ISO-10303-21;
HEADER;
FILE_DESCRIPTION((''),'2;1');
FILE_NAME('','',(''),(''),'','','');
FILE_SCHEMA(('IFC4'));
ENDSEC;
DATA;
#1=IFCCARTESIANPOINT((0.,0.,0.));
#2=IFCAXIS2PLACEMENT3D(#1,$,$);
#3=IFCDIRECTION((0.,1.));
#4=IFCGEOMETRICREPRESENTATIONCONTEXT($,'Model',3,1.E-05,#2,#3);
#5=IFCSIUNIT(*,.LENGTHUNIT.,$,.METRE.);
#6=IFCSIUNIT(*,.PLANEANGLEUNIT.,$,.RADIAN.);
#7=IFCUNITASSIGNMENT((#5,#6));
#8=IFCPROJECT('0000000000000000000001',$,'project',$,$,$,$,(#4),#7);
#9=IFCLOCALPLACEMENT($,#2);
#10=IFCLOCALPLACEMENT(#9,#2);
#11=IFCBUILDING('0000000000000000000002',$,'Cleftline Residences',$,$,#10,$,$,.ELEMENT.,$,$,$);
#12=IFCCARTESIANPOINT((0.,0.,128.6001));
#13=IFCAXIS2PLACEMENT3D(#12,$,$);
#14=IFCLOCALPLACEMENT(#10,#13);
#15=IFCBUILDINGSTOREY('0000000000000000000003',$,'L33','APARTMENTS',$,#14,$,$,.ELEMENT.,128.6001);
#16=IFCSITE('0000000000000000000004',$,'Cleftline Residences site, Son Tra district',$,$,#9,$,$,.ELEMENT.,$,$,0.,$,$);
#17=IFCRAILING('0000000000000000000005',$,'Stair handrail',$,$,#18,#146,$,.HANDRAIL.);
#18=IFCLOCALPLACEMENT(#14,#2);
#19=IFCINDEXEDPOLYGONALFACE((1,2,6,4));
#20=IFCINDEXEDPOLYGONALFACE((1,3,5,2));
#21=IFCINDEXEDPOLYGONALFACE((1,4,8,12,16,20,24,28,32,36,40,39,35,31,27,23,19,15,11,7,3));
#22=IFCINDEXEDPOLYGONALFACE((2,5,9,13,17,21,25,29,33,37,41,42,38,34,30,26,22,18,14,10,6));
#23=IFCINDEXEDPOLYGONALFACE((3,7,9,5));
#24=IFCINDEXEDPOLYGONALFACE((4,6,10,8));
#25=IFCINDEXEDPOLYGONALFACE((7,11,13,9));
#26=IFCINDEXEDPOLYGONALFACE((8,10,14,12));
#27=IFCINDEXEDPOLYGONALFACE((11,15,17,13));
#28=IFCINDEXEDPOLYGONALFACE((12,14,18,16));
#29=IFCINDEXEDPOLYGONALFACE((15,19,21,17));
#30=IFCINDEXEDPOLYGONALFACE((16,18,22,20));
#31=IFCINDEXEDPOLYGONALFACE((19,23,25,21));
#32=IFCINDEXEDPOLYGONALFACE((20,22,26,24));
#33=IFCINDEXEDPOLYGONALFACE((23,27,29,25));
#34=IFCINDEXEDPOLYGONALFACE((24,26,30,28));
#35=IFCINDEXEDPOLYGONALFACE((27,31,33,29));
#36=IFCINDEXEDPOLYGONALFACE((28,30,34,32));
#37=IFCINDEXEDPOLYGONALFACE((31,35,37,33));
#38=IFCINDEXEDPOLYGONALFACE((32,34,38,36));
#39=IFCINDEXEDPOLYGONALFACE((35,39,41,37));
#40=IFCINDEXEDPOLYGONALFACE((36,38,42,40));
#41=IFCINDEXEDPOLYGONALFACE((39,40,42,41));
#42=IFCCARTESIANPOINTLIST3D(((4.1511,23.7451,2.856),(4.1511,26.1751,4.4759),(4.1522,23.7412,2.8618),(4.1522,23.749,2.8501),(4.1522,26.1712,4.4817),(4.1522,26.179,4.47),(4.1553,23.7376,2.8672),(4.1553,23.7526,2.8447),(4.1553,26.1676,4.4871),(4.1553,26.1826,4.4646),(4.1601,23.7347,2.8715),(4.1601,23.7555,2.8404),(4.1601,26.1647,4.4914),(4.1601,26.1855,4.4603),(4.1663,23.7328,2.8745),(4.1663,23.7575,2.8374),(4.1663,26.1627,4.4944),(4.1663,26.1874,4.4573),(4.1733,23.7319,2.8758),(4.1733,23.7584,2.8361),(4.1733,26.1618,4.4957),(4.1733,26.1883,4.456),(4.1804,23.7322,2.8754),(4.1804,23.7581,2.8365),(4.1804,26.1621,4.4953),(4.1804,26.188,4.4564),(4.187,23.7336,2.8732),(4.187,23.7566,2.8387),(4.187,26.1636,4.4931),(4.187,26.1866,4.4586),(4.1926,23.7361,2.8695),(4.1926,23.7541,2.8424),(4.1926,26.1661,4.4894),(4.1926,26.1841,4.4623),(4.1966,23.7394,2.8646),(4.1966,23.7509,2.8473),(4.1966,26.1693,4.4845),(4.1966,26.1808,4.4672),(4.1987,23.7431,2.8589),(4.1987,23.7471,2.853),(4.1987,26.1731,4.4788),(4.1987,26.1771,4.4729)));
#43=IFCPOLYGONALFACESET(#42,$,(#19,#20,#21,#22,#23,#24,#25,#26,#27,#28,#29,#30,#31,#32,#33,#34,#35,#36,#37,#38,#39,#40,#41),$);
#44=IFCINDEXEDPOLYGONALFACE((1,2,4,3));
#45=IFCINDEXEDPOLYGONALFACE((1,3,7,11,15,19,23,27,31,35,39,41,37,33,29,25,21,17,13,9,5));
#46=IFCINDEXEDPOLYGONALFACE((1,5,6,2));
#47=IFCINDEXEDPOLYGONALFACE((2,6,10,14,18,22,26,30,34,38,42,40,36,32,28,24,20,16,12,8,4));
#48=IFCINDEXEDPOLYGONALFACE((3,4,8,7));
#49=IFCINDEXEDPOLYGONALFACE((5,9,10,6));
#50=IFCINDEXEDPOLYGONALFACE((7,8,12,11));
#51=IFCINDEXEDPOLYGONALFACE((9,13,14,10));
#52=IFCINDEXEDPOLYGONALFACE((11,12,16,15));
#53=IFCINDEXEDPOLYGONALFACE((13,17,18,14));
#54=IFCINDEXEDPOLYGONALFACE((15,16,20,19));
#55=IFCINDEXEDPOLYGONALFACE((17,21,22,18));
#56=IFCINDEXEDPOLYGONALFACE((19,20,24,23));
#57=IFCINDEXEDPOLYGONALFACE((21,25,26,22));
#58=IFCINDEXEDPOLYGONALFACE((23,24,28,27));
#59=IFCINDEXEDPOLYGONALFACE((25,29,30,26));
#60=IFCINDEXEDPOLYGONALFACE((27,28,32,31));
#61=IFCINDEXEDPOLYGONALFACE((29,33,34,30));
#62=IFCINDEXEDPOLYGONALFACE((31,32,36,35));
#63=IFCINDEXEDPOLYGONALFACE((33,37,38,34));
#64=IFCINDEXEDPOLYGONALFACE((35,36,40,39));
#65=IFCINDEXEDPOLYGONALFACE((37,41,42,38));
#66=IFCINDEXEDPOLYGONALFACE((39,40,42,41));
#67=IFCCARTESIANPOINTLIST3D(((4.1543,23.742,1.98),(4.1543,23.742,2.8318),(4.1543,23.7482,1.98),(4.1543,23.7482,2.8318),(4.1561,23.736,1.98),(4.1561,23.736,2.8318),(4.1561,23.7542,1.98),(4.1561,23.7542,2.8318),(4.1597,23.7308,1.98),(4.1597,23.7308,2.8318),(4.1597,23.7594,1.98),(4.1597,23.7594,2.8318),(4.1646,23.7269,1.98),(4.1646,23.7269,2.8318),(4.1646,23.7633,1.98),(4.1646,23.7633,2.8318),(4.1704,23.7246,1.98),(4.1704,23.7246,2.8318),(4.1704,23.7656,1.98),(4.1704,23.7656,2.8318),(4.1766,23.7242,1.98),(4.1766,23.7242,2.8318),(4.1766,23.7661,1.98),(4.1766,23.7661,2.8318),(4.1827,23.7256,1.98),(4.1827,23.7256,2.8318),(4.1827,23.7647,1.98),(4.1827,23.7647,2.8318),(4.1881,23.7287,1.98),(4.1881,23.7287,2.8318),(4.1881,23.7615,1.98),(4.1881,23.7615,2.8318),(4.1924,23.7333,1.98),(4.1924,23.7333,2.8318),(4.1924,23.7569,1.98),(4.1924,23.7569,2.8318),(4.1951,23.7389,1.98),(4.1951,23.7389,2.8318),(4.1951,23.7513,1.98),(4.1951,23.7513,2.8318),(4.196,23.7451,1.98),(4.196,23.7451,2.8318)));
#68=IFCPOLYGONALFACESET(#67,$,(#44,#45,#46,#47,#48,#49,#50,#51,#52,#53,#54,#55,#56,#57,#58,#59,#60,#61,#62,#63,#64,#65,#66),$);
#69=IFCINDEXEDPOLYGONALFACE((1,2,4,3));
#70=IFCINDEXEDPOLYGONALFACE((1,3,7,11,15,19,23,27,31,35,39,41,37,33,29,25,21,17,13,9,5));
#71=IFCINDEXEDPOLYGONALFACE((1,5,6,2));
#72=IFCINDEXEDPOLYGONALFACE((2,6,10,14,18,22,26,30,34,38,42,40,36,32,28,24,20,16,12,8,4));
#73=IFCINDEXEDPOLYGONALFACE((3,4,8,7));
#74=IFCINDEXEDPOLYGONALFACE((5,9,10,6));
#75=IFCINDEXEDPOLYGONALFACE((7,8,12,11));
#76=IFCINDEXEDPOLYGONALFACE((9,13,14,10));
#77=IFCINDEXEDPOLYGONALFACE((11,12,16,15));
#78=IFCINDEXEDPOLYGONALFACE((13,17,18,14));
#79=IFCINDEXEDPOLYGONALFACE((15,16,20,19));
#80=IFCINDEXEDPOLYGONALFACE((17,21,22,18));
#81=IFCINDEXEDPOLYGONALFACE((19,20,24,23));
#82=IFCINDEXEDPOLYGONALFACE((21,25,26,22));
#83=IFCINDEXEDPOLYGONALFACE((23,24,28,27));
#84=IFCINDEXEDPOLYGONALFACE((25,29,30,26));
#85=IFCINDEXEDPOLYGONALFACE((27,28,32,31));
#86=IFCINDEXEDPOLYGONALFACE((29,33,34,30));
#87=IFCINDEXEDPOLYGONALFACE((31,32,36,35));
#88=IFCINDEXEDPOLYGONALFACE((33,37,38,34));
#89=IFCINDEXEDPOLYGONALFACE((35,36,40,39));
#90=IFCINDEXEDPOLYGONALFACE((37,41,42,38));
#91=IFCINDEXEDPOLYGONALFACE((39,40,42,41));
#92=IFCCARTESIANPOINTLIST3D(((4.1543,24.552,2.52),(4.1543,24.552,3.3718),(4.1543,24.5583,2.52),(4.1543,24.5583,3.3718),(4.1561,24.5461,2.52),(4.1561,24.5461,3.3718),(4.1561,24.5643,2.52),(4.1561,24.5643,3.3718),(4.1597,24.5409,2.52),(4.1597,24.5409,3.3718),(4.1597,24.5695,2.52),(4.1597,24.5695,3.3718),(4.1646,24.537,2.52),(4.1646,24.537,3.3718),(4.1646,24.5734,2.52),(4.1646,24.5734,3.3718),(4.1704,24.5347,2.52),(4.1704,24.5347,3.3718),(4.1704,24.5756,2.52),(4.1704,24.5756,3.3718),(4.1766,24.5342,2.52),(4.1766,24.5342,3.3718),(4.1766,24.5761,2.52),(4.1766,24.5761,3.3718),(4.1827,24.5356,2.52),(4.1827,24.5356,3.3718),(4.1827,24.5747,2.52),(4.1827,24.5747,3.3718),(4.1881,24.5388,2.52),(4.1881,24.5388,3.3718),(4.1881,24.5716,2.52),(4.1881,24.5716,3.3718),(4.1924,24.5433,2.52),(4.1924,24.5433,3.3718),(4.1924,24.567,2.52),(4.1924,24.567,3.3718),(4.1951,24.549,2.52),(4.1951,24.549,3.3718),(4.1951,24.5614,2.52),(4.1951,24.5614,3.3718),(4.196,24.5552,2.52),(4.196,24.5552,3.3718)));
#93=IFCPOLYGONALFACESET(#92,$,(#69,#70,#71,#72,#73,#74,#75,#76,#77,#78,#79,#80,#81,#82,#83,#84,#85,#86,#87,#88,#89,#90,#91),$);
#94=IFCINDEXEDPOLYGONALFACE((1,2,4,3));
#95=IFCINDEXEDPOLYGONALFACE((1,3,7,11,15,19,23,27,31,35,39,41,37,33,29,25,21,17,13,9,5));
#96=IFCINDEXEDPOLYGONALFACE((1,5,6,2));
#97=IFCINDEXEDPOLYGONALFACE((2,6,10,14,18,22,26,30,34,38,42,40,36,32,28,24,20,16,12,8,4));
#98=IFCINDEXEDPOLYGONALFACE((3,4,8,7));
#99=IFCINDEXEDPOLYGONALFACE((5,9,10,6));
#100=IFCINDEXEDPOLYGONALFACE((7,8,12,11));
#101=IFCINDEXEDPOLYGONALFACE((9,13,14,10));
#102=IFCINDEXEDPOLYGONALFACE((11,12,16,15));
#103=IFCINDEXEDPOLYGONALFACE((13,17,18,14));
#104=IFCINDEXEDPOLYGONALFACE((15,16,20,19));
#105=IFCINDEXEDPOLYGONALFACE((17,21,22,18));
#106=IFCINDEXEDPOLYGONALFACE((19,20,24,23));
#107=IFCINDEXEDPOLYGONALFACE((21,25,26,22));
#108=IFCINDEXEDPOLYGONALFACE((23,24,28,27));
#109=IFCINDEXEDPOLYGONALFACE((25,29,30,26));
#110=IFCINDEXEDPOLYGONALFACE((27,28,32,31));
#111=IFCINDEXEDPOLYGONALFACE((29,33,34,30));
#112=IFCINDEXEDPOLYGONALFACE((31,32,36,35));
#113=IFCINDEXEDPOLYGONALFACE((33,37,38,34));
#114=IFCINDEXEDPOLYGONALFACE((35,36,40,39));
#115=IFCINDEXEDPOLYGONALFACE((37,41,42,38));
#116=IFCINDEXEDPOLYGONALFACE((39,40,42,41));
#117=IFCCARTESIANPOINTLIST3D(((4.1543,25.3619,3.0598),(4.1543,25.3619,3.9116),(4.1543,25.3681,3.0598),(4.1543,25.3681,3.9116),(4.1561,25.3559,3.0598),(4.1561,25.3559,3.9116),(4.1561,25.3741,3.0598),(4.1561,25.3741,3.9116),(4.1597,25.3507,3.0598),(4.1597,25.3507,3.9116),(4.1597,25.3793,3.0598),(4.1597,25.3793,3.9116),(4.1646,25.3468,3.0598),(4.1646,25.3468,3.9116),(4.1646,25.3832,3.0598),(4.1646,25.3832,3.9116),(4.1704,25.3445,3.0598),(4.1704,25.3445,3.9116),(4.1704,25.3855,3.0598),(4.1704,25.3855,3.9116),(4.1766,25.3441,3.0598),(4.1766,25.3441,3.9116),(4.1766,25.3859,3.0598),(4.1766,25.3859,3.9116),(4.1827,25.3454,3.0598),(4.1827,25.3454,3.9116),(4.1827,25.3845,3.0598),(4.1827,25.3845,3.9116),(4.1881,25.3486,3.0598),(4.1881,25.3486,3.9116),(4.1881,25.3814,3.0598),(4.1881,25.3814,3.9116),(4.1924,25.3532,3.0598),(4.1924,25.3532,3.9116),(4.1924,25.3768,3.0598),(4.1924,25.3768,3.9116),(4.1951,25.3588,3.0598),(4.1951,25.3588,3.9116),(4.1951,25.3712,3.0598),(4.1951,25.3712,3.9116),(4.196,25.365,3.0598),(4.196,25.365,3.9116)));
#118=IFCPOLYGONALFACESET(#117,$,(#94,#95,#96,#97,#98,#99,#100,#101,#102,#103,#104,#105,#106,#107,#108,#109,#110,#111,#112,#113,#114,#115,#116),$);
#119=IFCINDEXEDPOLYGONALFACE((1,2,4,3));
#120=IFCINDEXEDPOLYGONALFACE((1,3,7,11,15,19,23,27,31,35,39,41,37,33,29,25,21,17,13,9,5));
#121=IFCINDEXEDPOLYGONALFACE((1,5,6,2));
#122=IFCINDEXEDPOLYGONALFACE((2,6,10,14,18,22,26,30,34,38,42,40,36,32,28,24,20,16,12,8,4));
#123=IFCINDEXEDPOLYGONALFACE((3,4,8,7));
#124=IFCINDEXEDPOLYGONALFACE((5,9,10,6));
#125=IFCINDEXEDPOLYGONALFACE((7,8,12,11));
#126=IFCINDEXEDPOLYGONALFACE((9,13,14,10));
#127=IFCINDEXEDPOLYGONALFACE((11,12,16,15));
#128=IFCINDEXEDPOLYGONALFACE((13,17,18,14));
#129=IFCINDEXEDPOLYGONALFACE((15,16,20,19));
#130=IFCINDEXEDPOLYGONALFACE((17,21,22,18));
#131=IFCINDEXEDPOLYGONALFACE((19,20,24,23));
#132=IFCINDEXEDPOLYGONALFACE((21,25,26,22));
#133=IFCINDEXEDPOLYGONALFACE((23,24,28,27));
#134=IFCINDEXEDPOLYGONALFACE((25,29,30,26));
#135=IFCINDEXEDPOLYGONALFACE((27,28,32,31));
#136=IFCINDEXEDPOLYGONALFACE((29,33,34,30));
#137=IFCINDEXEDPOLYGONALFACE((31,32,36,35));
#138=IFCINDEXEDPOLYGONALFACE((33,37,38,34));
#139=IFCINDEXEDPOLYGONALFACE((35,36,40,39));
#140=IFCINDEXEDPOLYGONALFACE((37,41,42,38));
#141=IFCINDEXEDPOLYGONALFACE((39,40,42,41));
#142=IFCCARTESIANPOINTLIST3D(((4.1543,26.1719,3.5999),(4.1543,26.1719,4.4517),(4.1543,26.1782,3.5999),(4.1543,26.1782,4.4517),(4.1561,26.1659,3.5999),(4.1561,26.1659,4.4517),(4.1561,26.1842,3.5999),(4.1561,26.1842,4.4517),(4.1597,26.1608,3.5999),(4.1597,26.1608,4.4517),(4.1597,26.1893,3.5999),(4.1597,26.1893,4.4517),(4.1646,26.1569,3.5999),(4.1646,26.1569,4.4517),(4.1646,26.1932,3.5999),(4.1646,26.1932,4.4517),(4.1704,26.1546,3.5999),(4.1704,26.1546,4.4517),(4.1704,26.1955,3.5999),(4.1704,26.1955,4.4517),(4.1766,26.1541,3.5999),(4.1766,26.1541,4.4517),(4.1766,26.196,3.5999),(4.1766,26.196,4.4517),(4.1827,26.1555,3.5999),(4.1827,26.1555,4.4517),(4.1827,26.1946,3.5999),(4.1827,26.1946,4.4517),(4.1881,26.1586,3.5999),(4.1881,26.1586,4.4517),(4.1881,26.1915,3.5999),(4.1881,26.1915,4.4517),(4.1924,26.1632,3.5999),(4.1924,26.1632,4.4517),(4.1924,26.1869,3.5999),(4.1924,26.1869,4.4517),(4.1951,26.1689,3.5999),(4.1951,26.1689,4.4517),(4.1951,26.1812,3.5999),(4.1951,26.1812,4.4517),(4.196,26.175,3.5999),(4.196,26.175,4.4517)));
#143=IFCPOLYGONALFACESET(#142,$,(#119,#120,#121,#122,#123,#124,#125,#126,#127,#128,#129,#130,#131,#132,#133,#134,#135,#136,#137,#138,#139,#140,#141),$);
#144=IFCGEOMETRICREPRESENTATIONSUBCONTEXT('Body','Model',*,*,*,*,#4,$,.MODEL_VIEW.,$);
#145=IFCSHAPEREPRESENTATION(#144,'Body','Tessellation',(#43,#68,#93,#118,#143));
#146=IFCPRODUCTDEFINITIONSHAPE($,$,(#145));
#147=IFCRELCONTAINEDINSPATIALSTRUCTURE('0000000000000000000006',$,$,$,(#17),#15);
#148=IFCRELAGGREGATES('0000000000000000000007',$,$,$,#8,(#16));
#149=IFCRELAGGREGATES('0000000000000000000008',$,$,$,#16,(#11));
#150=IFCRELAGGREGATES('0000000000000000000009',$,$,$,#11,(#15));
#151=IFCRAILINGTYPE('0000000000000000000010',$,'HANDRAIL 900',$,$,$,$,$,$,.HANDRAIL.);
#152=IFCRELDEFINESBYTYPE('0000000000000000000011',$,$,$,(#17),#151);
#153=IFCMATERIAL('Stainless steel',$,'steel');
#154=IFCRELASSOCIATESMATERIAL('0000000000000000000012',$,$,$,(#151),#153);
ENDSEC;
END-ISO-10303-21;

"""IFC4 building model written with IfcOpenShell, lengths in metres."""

from ifc_helpers import new_model, si_unit, direction, frame, origin, origin_2d, place, context, subcontext, project, spatial, circle, extrude, material, type_object, element, save


model = new_model("IFC4")

# Units and contexts
model_context = context("Model", 3, precision=1e-05, world=origin(), true_north=direction((0.0, 1.0)))
body_context = subcontext(model_context, "Body", "Model", "MODEL_VIEW")
ifc_project = project(units=[si_unit("LENGTHUNIT", "METRE"), si_unit("PLANEANGLEUNIT", "RADIAN")], contexts=[model_context])

# Site, building, storey
site_placement = place(None, origin())
site = spatial("IfcSite", under=ifc_project, at=site_placement, Name="Cleftline Residences site, Son Tra district", CompositionType="ELEMENT", RefElevation=0.0)
building_placement = place(site_placement, origin())
building = spatial("IfcBuilding", under=site, at=building_placement, Name="Cleftline Residences", CompositionType="ELEMENT")
storey_placement = place(building_placement, frame((0.0, 0.0, 128.6001)))
storey = spatial("IfcBuildingStorey", under=building, at=storey_placement, Name="L33", Description="APARTMENTS", CompositionType="ELEMENT", Elevation=128.6001)

# Railing
ifc_material_1 = material(Name="Stainless steel", Category="steel")
railing_type = type_object("IfcRailingType", Name="HANDRAIL 900", PredefinedType="HANDRAIL", material=ifc_material_1)
railing_placement = place(storey_placement, frame((4.175, 23.7451, 1.98)))
element("IfcRailing", 1, at=railing_placement, inside=storey, type_object=railing_type, Name="Stair handrail", PredefinedType="HANDRAIL", context=body_context, shape_type="SweptSolid", body=[
    extrude(circle(Radius=0.0239, at=origin_2d()), frame((0.0, 0.0, 0.876), z_axis=(0.0, 0.832063, 0.554681), x_axis=(-1.0, 0.0, 0.0)), (0.0, 0.0, 1.0), 2.9204),
    extrude(circle(Radius=0.021, at=origin_2d()), origin(), (0.0, 0.0, 1.0), 0.8518),
    extrude(circle(Radius=0.021, at=origin_2d()), frame((0.0, 0.8101, 0.54)), (0.0, 0.0, 1.0), 0.8518),
    extrude(circle(Radius=0.021, at=origin_2d()), frame((0.0, 1.6199, 1.0798)), (0.0, 0.0, 1.0), 0.8518),
    extrude(circle(Radius=0.021, at=origin_2d()), frame((0.0, 2.4299, 1.6199)), (0.0, 0.0, 1.0), 0.8518),
])

save(model, "model.ifc")
